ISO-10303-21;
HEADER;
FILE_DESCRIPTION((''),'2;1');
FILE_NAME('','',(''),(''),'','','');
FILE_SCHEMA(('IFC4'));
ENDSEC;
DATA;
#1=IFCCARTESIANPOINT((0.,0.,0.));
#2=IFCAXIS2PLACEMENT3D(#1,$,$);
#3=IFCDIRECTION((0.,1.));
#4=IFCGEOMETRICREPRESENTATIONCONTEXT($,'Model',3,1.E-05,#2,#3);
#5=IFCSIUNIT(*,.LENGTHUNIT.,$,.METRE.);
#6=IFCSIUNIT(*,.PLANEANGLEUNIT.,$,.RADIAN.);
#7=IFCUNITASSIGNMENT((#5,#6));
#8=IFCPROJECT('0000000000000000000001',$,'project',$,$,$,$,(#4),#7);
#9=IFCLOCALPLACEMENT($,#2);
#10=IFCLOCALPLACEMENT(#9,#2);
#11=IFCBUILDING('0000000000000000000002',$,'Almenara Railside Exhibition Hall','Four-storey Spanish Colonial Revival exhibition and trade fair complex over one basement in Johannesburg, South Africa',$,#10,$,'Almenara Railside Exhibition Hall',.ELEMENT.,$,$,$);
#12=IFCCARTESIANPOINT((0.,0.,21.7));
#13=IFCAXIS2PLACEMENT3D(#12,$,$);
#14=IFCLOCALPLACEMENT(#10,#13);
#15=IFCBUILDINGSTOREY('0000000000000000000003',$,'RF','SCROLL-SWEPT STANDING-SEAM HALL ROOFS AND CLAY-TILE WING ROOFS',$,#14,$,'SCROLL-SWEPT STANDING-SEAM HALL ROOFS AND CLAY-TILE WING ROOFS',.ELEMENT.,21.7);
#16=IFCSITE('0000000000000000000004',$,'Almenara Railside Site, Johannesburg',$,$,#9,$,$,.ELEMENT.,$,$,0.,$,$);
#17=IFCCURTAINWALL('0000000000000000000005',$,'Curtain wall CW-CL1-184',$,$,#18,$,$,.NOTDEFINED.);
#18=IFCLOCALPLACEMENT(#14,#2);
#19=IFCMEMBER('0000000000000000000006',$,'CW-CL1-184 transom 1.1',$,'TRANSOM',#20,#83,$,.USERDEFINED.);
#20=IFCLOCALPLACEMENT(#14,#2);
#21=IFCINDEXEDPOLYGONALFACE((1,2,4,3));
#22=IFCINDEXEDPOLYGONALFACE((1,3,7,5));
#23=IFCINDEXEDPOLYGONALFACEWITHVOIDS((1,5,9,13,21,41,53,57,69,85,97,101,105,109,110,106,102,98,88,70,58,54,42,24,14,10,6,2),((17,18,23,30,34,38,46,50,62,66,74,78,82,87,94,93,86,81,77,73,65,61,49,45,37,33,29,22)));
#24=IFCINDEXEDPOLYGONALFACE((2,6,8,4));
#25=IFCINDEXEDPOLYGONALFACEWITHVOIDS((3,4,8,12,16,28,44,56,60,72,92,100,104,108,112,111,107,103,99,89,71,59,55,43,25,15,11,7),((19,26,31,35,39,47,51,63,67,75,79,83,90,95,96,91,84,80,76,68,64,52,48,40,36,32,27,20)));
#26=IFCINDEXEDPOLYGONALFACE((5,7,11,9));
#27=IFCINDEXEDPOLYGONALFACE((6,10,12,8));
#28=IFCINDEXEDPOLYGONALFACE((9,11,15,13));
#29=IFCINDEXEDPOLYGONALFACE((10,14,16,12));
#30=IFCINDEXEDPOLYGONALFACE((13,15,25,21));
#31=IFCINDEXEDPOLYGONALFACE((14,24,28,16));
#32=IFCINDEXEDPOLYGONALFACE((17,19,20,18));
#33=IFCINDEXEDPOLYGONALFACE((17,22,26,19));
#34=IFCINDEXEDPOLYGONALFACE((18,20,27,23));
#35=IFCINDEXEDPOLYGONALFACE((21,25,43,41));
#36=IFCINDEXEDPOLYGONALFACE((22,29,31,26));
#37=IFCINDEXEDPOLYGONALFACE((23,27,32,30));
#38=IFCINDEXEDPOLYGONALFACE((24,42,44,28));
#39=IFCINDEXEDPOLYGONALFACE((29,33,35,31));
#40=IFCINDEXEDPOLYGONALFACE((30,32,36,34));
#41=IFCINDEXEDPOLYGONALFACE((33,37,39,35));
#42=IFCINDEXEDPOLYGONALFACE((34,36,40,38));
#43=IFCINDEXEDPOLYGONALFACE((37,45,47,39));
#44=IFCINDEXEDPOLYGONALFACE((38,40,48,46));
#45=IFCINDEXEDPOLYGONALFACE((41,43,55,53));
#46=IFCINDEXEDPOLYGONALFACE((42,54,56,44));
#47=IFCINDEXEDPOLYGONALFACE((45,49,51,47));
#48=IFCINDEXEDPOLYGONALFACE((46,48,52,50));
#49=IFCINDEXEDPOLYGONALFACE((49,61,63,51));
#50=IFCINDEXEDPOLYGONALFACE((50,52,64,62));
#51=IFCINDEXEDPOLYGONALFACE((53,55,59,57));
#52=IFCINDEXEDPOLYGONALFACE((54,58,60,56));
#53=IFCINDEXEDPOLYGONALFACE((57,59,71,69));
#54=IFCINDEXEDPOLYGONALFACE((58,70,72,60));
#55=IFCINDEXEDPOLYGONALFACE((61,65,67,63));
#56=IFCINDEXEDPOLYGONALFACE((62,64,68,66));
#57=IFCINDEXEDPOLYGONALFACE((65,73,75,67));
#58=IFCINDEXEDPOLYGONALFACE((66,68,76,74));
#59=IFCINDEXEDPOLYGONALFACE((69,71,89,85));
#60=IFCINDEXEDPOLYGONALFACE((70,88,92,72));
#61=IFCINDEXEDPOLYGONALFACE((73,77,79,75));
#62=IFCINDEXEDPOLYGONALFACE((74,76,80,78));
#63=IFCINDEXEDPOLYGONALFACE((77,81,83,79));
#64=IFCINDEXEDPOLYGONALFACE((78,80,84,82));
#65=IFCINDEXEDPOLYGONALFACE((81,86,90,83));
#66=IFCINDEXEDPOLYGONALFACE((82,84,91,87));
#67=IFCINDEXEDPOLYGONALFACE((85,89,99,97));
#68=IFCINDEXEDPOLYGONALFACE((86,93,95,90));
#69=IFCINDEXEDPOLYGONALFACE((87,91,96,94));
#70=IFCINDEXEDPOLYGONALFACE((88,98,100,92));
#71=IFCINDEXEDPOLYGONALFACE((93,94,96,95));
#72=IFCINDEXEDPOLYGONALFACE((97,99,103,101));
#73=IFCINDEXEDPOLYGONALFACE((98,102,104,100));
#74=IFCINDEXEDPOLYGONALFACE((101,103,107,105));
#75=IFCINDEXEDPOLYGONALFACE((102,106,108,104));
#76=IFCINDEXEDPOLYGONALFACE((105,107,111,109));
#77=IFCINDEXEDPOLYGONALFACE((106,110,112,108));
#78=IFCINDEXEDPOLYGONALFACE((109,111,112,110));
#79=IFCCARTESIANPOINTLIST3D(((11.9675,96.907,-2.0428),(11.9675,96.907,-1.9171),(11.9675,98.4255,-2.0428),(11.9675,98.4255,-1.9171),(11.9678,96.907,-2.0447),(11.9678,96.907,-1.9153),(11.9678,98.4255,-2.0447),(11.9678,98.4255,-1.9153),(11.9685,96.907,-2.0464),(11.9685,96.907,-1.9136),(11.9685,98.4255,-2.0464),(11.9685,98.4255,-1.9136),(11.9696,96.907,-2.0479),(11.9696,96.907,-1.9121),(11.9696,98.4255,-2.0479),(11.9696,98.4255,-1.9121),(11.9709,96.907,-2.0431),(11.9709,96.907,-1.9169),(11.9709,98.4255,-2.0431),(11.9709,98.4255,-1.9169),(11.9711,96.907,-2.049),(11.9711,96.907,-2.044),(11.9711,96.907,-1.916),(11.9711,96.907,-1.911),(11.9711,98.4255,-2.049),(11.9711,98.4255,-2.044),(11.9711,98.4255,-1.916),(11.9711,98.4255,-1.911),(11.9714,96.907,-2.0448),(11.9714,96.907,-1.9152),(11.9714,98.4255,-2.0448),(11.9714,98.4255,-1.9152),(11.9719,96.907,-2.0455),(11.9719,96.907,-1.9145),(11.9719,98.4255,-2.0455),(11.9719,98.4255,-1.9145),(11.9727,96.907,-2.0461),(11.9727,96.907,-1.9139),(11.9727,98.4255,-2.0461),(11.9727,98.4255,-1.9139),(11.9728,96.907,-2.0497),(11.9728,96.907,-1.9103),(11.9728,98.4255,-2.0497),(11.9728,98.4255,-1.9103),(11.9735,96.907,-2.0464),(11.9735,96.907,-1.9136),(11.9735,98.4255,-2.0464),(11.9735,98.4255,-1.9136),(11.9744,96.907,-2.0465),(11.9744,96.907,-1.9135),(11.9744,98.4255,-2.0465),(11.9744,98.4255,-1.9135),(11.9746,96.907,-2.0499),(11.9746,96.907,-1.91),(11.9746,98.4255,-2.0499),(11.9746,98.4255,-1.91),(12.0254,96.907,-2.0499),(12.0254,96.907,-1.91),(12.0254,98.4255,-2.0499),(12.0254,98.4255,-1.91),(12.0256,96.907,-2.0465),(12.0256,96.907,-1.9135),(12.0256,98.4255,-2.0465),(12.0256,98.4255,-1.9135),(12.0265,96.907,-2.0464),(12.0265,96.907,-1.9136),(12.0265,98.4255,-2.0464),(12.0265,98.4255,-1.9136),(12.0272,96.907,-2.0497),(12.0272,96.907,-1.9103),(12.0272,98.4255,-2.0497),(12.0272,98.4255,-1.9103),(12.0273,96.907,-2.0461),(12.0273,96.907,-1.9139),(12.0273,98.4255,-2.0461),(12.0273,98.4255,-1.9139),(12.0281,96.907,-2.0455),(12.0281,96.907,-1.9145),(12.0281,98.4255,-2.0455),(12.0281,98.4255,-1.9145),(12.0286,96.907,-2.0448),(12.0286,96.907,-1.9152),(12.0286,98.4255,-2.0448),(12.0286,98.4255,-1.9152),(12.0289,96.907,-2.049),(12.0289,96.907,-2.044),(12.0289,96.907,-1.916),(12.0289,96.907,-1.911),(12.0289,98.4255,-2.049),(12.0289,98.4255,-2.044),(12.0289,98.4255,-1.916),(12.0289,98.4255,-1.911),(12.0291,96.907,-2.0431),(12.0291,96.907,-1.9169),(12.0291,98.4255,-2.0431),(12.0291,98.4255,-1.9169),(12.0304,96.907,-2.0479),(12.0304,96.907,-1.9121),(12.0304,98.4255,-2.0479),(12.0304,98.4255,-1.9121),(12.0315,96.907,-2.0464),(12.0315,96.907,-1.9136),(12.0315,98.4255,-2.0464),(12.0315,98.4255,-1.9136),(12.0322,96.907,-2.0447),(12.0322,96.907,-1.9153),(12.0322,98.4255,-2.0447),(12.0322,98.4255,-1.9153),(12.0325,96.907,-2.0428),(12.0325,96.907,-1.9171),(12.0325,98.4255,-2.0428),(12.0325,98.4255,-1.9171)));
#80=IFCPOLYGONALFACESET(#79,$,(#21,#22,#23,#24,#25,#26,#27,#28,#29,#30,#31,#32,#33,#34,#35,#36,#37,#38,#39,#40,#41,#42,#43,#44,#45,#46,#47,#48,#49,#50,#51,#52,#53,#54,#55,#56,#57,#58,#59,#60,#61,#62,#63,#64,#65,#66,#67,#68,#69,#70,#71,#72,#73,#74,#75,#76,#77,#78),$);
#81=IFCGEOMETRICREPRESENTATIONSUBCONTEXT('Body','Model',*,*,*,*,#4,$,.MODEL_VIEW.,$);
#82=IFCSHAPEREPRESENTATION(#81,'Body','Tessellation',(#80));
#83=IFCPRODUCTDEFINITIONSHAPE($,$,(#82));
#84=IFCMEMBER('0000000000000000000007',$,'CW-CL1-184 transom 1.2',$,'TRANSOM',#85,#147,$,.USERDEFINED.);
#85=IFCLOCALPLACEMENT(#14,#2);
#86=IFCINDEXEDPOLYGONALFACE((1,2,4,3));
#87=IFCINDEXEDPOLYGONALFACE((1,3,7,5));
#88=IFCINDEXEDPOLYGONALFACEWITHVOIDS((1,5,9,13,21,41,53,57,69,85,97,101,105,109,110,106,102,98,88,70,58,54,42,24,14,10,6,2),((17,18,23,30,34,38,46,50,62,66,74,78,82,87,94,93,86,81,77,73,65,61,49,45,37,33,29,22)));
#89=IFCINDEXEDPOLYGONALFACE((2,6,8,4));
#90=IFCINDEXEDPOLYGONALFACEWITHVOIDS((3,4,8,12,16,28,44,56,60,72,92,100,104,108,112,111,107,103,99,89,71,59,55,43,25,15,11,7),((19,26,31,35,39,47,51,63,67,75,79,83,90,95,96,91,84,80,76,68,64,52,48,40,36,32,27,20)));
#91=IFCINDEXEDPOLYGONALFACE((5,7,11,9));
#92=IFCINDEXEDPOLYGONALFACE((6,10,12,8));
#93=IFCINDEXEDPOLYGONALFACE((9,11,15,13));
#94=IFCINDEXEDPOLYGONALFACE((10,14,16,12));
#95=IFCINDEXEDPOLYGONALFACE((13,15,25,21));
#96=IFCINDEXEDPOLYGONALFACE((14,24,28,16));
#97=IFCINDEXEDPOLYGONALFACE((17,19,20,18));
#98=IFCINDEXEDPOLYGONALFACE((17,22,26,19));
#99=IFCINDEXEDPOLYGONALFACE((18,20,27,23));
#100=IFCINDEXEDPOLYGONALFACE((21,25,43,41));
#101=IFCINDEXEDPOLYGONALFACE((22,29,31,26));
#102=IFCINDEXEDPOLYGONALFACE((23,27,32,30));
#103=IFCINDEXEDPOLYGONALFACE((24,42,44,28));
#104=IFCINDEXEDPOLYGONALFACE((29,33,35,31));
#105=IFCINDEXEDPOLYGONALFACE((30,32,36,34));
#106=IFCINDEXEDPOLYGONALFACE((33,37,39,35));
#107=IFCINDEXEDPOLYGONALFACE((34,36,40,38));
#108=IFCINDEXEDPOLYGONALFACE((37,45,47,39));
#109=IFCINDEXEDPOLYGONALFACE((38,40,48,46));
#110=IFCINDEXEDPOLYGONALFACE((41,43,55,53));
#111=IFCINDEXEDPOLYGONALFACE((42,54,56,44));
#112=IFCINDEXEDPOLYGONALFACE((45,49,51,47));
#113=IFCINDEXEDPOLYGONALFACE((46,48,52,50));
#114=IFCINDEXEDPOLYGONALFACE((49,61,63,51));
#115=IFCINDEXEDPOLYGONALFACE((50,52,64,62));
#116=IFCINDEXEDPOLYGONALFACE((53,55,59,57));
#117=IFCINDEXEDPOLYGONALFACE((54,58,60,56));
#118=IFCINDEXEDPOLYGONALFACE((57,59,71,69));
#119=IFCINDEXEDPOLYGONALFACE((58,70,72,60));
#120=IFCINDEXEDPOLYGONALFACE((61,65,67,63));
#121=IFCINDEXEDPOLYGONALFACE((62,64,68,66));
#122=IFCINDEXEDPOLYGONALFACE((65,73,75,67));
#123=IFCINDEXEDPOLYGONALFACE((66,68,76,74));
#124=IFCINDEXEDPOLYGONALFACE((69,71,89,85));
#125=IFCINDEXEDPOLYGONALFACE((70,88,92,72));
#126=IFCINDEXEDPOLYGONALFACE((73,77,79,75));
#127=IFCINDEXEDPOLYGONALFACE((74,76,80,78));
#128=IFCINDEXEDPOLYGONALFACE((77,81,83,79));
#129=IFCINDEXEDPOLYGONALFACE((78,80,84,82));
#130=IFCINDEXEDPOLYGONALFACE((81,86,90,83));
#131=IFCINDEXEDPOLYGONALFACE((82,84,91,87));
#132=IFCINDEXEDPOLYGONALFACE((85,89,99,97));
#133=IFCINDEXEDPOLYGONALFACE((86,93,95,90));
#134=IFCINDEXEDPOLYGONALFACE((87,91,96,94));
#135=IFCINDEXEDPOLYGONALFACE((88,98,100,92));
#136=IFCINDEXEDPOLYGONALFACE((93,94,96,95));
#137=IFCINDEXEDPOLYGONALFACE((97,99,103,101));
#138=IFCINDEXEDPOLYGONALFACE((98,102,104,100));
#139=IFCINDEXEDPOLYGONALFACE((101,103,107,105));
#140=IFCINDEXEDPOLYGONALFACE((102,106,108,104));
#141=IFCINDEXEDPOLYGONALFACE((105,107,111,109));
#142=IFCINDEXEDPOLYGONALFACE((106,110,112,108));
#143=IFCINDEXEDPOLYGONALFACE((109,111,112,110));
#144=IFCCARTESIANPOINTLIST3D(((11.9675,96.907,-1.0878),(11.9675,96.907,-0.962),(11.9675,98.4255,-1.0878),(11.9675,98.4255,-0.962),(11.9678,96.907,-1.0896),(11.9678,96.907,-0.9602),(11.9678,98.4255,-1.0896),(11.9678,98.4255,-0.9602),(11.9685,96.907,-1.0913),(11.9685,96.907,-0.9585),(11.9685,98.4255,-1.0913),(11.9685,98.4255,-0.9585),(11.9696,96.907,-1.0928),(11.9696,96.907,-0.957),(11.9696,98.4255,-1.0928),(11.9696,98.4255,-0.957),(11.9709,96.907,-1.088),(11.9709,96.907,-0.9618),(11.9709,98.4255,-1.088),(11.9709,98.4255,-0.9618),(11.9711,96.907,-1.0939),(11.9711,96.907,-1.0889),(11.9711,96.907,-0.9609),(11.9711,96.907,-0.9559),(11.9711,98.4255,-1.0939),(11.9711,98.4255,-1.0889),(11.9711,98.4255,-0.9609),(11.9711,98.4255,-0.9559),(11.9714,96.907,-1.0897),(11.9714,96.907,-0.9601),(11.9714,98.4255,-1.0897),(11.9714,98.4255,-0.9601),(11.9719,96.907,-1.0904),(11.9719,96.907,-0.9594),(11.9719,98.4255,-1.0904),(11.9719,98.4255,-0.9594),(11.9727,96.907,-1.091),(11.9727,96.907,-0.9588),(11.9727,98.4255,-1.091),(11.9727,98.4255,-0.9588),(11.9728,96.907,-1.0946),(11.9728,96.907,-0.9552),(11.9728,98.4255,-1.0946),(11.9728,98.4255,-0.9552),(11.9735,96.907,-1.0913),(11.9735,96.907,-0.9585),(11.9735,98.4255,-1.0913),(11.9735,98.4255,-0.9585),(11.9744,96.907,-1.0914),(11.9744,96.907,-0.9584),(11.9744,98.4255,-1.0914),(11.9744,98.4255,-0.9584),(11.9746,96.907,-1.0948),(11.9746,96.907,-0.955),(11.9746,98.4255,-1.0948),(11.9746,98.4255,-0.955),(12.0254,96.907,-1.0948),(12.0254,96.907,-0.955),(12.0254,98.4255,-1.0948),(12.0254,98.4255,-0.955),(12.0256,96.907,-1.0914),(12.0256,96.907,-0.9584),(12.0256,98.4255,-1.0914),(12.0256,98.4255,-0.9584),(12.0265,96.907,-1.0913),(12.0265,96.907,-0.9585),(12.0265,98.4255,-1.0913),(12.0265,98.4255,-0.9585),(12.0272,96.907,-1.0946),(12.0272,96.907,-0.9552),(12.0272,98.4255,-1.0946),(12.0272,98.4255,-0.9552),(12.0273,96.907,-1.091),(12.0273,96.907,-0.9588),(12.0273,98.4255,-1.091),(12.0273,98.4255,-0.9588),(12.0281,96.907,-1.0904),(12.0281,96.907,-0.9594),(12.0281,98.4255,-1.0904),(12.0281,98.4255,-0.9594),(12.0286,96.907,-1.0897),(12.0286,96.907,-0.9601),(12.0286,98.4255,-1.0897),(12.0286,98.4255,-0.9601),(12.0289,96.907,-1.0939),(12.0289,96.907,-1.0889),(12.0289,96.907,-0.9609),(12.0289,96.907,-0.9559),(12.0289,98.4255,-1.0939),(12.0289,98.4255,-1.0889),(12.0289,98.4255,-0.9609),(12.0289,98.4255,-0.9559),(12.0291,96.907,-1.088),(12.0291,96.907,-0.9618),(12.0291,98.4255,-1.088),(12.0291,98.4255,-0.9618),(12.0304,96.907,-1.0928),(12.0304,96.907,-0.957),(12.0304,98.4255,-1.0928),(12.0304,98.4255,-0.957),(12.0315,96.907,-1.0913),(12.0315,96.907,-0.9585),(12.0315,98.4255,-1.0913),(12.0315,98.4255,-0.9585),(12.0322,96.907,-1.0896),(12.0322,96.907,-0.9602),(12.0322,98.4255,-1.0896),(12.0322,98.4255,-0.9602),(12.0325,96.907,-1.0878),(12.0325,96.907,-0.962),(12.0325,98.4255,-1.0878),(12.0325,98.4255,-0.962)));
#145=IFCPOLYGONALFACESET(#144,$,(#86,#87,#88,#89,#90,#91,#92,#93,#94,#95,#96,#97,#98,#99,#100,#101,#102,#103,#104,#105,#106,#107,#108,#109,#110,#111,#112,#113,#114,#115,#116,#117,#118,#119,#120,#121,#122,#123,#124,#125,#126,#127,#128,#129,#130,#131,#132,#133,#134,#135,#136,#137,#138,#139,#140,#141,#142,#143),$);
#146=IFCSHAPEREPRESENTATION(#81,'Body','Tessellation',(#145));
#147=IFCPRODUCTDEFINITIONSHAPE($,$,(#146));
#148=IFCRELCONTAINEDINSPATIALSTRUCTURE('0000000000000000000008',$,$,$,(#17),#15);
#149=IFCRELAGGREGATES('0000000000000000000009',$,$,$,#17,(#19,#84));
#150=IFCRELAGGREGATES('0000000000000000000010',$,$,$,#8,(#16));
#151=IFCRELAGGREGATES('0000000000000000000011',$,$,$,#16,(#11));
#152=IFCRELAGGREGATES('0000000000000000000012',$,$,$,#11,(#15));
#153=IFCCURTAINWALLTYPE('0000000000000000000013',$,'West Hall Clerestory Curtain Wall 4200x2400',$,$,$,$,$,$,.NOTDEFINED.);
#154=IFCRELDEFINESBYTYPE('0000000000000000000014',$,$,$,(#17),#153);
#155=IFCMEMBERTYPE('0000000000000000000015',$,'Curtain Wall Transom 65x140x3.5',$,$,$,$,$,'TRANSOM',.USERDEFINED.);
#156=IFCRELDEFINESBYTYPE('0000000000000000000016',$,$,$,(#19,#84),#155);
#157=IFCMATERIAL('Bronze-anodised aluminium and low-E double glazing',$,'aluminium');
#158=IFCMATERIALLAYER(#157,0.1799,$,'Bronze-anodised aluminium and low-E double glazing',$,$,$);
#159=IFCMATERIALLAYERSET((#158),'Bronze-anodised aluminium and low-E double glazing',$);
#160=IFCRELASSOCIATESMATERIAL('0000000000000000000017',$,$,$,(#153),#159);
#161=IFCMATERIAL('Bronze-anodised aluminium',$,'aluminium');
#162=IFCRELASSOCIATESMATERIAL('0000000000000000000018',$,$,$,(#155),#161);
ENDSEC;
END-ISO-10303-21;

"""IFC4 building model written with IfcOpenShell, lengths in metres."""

from ifc_helpers import new_model, si_unit, direction, frame, origin, origin_2d, place, context, subcontext, project, spatial, hollow_rectangle, extrude, material, layer, layer_set, material_profile, profile_set, type_object, element, aggregate, save


model = new_model("IFC4")

# Units and contexts
model_context = context("Model", 3, precision=1e-05, world=origin(), true_north=direction((0.0, 1.0)))
body_context = subcontext(model_context, "Body", "Model", "MODEL_VIEW")
ifc_project = project(units=[si_unit("LENGTHUNIT", "METRE"), si_unit("PLANEANGLEUNIT", "RADIAN")], contexts=[model_context])

# Site, building, storey
site_placement = place(None, origin())
site = spatial("IfcSite", under=ifc_project, at=site_placement, Name="Almenara Railside Site, Johannesburg", CompositionType="ELEMENT", RefElevation=0.0)
building_placement = place(site_placement, origin())
building = spatial("IfcBuilding", under=site, at=building_placement, Name="Almenara Railside Exhibition Hall", Description="Four-storey Spanish Colonial Revival exhibition and trade fair complex over one basement in Johannesburg, South Africa", LongName="Almenara Railside Exhibition Hall", CompositionType="ELEMENT")
storey_placement = place(building_placement, frame((0.0, 0.0, 21.7)))
storey = spatial("IfcBuildingStorey", under=building, at=storey_placement, Name="RF", Description="SCROLL-SWEPT STANDING-SEAM HALL ROOFS AND CLAY-TILE WING ROOFS", LongName="SCROLL-SWEPT STANDING-SEAM HALL ROOFS AND CLAY-TILE WING ROOFS", CompositionType="ELEMENT", Elevation=21.7)

# Shared definitions
ifc_material_1 = material(Name="Bronze-anodised aluminium and low-E double glazing", Category="aluminium")
ifc_layer_1 = layer(ifc_material_1, 0.1799, Name="Bronze-anodised aluminium and low-E double glazing")
ifc_layer_set_1 = layer_set([ifc_layer_1], Name="Bronze-anodised aluminium and low-E double glazing")
curtain_wall_type = type_object("IfcCurtainWallType", Name="West Hall Clerestory Curtain Wall 4200x2400", PredefinedType="NOTDEFINED", material=ifc_layer_set_1)
ifc_material_2 = material(Name="Bronze-anodised aluminium", Category="aluminium")

# Curtain wall, members
curtain_wall_1_placement = place(storey_placement, origin())
curtain_wall_1 = element("IfcCurtainWall", 1, at=curtain_wall_1_placement, inside=storey, type_object=curtain_wall_type, Name="Curtain wall CW-CL1-184", PredefinedType="NOTDEFINED")
ifc_material_profile_1 = material_profile(ifc_material_2, hollow_rectangle(XDim=0.0649, YDim=0.1399, WallThickness=0.0034, InnerFilletRadius=0.0034, OuterFilletRadius=0.0071, at=origin_2d()), Name="ALU-TRN 65x140x3.5")
ifc_profile_set_1 = profile_set([ifc_material_profile_1], Name="Bronze-anodised aluminium")
member_type_1 = type_object("IfcMemberType", Name="Curtain Wall Transom 65x140x3.5", ElementType="TRANSOM", PredefinedType="USERDEFINED", material=ifc_profile_set_1)
member_1_placement = place(storey_placement, frame((12.0, 96.907, -1.98), z_axis=(0.0, 1.0, 0.0), x_axis=(-1.0, 0.0, 0.0)))
member_1 = element("IfcMember", 2, at=member_1_placement, type_object=member_type_1, Name="CW-CL1-184 transom 1.1", ObjectType="TRANSOM", PredefinedType="USERDEFINED", context=body_context, shape_type="SweptSolid", body=[
    extrude(hollow_rectangle(XDim=0.0649, YDim=0.1399, WallThickness=0.0034, InnerFilletRadius=0.0034, OuterFilletRadius=0.0071, at=origin_2d()), origin(), (0.0, 0.0, 1.0), 1.5186),
])
member_2_placement = place(storey_placement, frame((12.0, 96.907, -1.0249), z_axis=(0.0, 1.0, 0.0), x_axis=(-1.0, 0.0, 0.0)))
member_2 = element("IfcMember", 3, at=member_2_placement, type_object=member_type_1, Name="CW-CL1-184 transom 1.2", ObjectType="TRANSOM", PredefinedType="USERDEFINED", context=body_context, shape_type="SweptSolid", body=[
    extrude(hollow_rectangle(XDim=0.0649, YDim=0.1399, WallThickness=0.0034, InnerFilletRadius=0.0034, OuterFilletRadius=0.0071, at=origin_2d()), origin(), (0.0, 0.0, 1.0), 1.5186),
])

aggregate(curtain_wall_1, [member_1, member_2])

save(model, "model.ifc")
